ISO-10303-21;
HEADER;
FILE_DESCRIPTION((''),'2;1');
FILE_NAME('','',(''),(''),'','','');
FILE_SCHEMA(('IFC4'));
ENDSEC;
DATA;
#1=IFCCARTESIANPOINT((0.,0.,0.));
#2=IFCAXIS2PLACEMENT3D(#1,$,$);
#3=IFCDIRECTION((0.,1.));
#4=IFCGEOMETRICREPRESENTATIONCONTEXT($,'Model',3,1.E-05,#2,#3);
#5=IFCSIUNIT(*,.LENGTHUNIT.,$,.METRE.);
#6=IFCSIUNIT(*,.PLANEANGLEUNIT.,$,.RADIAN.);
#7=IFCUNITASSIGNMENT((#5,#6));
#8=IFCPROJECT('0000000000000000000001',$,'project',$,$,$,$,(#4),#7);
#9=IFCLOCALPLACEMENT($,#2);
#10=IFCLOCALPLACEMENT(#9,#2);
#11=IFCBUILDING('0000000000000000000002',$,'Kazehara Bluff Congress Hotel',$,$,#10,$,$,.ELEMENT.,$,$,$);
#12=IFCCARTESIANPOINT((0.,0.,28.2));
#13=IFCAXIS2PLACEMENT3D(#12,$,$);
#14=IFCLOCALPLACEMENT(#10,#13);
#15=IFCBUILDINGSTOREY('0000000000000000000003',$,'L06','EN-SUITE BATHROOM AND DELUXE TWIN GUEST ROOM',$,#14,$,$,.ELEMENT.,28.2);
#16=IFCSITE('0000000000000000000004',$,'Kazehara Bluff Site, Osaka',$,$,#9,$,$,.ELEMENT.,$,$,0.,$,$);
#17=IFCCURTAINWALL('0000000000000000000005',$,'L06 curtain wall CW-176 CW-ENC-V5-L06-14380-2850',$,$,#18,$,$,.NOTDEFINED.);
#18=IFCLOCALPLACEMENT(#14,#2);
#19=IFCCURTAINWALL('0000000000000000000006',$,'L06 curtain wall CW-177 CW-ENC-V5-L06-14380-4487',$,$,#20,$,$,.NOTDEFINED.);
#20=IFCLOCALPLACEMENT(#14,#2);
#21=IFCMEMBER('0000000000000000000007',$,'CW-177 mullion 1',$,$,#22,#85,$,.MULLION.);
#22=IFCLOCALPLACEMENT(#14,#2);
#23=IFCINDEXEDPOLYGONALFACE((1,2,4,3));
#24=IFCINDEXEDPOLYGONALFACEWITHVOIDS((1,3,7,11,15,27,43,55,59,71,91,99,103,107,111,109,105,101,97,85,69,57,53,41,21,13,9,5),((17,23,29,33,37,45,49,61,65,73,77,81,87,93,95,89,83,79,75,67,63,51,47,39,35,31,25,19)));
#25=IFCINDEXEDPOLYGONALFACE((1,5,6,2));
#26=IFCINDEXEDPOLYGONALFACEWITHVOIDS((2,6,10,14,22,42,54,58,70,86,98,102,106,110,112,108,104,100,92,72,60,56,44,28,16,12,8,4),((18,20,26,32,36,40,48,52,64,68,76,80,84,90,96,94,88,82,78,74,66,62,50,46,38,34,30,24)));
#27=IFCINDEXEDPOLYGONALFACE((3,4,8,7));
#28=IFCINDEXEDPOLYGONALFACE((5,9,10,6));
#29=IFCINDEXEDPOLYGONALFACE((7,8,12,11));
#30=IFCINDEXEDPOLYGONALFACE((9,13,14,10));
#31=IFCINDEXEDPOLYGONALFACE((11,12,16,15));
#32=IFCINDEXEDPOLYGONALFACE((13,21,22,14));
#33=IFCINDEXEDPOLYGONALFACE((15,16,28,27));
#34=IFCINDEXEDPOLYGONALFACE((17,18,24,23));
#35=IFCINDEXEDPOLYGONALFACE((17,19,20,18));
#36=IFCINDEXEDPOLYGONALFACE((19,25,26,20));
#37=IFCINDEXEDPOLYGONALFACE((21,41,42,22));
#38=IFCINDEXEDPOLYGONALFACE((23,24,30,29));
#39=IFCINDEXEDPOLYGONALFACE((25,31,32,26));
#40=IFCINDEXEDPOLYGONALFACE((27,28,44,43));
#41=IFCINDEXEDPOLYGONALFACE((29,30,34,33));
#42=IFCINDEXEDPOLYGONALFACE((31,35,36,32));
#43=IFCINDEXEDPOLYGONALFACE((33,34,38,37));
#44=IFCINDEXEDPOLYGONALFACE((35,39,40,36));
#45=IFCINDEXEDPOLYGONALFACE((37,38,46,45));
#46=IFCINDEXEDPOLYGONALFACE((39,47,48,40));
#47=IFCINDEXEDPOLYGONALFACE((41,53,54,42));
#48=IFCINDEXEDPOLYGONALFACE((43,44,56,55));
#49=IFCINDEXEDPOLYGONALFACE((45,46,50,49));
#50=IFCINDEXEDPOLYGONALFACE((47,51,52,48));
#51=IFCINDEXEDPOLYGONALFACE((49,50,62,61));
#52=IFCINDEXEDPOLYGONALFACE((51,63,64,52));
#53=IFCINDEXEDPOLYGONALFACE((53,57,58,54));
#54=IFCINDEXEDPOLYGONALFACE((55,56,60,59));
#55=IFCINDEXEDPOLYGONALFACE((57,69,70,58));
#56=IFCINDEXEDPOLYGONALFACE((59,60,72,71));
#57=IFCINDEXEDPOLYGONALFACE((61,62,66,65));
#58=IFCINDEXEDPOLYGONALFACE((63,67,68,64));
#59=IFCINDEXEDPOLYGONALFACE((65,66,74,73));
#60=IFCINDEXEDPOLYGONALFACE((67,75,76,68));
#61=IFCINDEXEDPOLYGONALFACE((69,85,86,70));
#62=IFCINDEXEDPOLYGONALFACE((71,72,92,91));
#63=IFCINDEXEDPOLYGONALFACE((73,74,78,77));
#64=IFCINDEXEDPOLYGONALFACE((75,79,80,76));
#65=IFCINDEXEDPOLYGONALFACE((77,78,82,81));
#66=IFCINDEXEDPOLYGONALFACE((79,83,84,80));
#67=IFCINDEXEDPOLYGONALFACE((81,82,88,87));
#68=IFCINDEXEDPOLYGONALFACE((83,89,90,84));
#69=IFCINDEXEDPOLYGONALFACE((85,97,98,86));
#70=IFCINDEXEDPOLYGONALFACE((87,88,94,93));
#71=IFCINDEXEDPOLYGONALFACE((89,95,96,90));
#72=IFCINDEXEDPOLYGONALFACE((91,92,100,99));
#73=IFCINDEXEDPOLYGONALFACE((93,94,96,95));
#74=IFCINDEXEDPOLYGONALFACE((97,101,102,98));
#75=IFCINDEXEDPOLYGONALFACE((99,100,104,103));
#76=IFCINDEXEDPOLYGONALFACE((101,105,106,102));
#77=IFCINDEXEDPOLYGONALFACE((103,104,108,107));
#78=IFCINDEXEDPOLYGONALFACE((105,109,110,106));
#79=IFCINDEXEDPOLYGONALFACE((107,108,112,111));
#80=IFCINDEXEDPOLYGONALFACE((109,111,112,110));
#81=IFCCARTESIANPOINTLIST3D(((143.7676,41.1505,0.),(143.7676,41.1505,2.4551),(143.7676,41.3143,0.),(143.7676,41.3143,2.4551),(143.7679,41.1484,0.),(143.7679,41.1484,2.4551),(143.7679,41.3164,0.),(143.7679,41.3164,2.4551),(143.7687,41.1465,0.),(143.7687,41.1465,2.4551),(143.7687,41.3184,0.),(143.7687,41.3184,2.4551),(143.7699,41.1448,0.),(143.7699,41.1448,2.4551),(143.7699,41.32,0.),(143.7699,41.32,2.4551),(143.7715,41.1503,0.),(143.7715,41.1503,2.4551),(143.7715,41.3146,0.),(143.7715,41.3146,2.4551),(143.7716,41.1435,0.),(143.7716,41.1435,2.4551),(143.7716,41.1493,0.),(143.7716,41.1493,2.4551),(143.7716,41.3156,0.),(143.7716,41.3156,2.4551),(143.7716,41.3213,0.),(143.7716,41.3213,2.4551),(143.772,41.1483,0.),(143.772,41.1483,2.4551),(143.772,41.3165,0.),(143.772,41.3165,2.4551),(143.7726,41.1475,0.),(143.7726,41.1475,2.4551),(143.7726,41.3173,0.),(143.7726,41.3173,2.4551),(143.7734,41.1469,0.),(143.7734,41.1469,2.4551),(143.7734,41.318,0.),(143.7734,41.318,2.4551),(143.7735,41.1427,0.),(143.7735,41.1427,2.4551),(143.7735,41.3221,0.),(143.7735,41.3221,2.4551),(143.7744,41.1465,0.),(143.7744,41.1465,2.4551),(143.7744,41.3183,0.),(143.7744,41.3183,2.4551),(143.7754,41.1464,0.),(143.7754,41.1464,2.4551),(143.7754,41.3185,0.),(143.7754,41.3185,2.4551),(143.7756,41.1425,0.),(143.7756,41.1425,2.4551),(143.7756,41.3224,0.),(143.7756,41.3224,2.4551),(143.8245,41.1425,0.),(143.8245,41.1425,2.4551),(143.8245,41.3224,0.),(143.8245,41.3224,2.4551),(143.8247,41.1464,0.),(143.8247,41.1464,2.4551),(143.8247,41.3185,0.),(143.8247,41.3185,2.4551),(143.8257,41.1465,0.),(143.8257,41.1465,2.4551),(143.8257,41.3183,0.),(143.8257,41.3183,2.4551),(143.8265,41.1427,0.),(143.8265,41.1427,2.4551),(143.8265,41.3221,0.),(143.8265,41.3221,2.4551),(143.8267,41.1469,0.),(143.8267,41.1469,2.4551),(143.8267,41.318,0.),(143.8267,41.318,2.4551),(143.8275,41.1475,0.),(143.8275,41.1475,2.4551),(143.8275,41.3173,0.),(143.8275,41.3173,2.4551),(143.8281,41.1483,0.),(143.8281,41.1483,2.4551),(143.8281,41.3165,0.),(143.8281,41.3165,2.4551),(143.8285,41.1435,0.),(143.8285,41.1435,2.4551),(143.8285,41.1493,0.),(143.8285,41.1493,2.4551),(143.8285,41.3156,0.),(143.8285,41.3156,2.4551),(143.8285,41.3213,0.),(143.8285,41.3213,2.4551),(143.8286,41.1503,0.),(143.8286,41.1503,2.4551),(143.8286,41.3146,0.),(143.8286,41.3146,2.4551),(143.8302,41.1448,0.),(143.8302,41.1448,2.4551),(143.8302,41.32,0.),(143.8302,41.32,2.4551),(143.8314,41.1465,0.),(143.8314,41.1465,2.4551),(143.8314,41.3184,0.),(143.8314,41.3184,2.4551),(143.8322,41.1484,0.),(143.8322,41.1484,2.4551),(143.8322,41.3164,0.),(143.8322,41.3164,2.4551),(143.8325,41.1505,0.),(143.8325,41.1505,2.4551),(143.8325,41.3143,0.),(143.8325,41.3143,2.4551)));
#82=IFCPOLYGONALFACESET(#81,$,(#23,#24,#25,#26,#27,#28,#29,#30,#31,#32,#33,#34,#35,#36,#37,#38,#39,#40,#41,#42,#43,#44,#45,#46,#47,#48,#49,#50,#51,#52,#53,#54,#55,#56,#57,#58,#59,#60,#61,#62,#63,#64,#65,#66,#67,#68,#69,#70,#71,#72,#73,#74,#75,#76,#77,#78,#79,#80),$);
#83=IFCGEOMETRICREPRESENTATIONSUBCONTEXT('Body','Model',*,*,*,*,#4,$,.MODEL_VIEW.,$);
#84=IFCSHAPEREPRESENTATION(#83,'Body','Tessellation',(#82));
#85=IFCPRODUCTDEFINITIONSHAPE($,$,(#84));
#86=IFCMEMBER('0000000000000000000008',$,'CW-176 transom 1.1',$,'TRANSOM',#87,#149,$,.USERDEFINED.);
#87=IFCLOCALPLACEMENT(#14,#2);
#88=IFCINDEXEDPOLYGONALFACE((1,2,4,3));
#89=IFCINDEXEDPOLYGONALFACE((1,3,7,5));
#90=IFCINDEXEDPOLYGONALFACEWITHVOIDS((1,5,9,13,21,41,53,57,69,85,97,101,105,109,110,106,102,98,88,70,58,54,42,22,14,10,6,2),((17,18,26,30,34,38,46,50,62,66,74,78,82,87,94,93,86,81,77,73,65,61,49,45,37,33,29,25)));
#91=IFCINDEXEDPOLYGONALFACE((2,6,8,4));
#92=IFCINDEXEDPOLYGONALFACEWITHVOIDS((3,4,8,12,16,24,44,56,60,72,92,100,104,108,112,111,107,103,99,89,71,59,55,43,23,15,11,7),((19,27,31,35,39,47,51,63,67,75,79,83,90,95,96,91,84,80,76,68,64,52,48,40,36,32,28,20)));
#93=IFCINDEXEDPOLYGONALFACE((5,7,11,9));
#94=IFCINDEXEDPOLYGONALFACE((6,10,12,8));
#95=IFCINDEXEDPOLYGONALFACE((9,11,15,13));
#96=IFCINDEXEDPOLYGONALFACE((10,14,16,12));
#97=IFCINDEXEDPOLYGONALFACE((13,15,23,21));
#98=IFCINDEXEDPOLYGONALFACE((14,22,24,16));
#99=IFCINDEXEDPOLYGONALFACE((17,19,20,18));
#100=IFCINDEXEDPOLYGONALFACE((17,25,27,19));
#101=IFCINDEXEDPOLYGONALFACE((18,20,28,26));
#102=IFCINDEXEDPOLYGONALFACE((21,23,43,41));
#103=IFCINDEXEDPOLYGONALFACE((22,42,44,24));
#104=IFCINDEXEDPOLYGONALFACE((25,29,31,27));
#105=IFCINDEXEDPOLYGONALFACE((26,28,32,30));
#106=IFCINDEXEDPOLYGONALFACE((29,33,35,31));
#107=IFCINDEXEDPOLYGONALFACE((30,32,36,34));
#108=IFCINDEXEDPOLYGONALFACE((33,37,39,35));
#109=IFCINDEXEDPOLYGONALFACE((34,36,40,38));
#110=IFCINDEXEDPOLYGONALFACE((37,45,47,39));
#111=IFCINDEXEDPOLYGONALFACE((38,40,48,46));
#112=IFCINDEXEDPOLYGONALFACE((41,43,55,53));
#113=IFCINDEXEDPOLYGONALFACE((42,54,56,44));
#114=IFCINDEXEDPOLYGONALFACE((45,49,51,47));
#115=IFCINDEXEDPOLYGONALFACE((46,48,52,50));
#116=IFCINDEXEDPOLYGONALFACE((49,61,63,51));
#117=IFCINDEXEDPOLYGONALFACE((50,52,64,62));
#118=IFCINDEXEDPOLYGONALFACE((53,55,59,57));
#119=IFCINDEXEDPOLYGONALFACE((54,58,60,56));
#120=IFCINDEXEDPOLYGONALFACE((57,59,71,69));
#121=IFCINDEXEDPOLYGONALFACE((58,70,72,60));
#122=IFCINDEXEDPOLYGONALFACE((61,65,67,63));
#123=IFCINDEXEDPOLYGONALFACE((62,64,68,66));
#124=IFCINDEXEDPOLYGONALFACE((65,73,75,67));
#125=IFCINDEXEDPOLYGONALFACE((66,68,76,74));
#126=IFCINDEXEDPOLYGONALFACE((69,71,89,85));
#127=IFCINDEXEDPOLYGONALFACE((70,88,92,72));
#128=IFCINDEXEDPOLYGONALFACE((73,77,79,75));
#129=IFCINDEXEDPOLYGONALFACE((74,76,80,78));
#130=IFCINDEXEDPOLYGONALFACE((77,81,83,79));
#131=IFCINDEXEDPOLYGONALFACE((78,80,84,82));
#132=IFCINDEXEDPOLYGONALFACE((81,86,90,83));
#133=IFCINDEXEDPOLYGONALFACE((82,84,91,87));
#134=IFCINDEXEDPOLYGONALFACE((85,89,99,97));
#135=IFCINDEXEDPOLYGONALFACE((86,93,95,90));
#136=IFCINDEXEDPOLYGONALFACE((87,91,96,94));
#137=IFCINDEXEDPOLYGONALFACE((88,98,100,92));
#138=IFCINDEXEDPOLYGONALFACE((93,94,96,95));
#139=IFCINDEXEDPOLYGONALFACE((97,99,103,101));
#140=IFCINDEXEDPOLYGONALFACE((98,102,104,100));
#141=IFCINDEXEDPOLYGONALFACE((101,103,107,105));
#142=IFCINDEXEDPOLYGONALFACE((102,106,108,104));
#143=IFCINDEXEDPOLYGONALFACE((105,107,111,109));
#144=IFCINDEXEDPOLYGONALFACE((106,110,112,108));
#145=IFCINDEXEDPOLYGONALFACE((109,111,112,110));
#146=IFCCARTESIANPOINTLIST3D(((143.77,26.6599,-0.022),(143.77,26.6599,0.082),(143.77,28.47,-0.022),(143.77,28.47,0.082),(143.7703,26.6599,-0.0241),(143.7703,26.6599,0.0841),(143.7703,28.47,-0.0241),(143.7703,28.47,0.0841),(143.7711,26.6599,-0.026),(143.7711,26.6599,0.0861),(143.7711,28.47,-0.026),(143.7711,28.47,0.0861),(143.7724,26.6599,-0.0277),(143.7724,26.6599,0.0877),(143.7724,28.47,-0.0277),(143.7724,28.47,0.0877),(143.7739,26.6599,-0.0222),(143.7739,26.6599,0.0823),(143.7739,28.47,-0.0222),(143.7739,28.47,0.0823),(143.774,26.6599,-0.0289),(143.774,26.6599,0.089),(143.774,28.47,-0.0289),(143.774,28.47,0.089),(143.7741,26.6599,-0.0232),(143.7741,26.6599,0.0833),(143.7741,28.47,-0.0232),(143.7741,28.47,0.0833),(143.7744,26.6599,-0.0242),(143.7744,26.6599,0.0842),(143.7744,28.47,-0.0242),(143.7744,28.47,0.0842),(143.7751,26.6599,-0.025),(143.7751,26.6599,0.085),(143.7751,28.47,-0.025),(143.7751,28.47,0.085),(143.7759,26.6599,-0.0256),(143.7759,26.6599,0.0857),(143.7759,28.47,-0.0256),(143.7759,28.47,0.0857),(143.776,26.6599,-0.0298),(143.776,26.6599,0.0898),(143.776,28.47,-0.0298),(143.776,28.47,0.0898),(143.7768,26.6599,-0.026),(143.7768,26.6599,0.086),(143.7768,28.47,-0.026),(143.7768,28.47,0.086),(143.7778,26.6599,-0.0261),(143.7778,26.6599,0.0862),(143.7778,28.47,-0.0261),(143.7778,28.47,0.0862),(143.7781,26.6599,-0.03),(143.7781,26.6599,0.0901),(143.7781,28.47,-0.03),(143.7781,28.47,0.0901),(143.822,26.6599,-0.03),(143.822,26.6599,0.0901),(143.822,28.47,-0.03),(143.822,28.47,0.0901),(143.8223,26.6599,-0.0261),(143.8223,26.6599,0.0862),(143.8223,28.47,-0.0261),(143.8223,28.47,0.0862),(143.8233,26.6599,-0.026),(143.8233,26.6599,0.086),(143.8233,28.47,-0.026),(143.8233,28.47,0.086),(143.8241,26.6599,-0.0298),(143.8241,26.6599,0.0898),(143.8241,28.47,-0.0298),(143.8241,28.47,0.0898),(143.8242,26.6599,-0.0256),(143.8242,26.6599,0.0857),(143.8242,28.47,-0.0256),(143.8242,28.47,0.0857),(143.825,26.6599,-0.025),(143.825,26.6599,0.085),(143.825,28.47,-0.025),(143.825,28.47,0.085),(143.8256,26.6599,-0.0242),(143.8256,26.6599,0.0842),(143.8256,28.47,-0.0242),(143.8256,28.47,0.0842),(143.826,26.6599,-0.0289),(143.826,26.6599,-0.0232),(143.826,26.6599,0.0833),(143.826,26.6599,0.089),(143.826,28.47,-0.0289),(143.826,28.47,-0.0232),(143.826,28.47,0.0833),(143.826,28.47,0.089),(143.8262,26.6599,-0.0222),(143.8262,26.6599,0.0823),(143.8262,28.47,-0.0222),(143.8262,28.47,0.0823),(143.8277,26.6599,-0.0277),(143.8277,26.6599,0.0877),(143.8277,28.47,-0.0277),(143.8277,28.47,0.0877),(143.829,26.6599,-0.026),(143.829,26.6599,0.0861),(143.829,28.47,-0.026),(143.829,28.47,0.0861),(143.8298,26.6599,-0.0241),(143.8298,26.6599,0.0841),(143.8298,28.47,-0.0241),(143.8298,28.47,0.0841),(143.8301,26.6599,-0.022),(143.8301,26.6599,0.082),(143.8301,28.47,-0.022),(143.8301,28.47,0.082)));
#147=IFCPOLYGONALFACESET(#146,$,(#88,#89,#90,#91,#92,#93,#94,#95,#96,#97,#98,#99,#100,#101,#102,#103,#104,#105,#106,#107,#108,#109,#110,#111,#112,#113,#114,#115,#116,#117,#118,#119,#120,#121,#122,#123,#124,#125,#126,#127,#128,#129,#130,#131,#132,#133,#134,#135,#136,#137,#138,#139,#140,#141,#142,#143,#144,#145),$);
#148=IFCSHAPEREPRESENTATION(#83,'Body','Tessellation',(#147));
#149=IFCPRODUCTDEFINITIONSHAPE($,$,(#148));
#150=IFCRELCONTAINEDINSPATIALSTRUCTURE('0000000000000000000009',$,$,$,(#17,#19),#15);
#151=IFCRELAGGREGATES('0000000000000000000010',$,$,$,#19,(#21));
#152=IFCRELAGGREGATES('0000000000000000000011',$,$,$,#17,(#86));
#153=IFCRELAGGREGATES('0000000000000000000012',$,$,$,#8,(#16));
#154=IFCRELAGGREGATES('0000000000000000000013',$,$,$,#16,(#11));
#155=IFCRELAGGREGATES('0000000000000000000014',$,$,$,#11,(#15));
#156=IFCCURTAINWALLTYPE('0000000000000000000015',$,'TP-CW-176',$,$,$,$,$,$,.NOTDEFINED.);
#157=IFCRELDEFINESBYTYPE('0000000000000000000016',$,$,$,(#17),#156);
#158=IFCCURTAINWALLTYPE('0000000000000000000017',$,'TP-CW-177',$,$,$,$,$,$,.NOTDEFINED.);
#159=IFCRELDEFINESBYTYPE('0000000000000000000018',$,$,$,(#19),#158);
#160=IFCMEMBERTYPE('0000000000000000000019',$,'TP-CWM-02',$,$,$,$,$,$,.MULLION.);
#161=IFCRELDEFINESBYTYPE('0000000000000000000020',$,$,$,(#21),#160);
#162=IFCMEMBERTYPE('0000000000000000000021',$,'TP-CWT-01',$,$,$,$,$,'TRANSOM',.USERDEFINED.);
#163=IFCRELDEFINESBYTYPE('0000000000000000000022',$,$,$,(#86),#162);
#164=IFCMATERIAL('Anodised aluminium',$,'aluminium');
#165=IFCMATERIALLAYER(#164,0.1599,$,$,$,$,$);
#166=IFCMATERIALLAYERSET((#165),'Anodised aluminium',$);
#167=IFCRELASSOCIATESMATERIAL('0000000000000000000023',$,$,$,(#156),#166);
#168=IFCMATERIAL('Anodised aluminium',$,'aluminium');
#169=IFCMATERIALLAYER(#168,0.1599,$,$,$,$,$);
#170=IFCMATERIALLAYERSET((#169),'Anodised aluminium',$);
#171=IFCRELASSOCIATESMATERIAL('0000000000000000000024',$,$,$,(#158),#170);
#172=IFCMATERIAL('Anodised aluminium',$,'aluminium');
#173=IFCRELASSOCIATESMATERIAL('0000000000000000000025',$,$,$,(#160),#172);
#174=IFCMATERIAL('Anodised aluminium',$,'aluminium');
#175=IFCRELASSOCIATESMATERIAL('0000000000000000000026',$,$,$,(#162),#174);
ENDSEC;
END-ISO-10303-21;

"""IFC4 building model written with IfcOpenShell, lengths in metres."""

from ifc_helpers import new_model, si_unit, direction, frame, origin, origin_2d, place, context, subcontext, project, spatial, hollow_rectangle, extrude, material, layer, layer_set, material_profile, profile_set, type_object, element, aggregate, save


model = new_model("IFC4")

# Units and contexts
model_context = context("Model", 3, precision=1e-05, world=origin(), true_north=direction((0.0, 1.0)))
body_context = subcontext(model_context, "Body", "Model", "MODEL_VIEW")
ifc_project = project(units=[si_unit("LENGTHUNIT", "METRE"), si_unit("PLANEANGLEUNIT", "RADIAN")], contexts=[model_context])

# Site, building, storey
site_placement = place(None, origin())
site = spatial("IfcSite", under=ifc_project, at=site_placement, Name="Kazehara Bluff Site, Osaka", CompositionType="ELEMENT", RefElevation=0.0)
building_placement = place(site_placement, origin())
building = spatial("IfcBuilding", under=site, at=building_placement, Name="Kazehara Bluff Congress Hotel", CompositionType="ELEMENT")
storey_placement = place(building_placement, frame((0.0, 0.0, 28.2)))
storey = spatial("IfcBuildingStorey", under=building, at=storey_placement, Name="L06", Description="EN-SUITE BATHROOM AND DELUXE TWIN GUEST ROOM", CompositionType="ELEMENT", Elevation=28.2)

# Curtain wall
ifc_material_1 = material(Name="Anodised aluminium", Category="aluminium")
ifc_layer_1 = layer(ifc_material_1, 0.1599)
ifc_layer_set_1 = layer_set([ifc_layer_1], Name="Anodised aluminium")
curtain_wall_type_1 = type_object("IfcCurtainWallType", Name="TP-CW-176", PredefinedType="NOTDEFINED", material=ifc_layer_set_1)
curtain_wall_1_placement = place(storey_placement, origin())
curtain_wall_1 = element("IfcCurtainWall", 1, at=curtain_wall_1_placement, inside=storey, type_object=curtain_wall_type_1, Name="L06 curtain wall CW-176 CW-ENC-V5-L06-14380-2850", PredefinedType="NOTDEFINED")

# Curtain wall, member
ifc_material_2 = material(Name="Anodised aluminium", Category="aluminium")
ifc_layer_2 = layer(ifc_material_2, 0.1599)
ifc_layer_set_2 = layer_set([ifc_layer_2], Name="Anodised aluminium")
curtain_wall_type_2 = type_object("IfcCurtainWallType", Name="TP-CW-177", PredefinedType="NOTDEFINED", material=ifc_layer_set_2)
curtain_wall_2_placement = place(storey_placement, origin())
curtain_wall_2 = element("IfcCurtainWall", 2, at=curtain_wall_2_placement, inside=storey, type_object=curtain_wall_type_2, Name="L06 curtain wall CW-177 CW-ENC-V5-L06-14380-4487", PredefinedType="NOTDEFINED")
ifc_material_3 = material(Name="Anodised aluminium", Category="aluminium")
ifc_material_profile_1 = material_profile(ifc_material_3, hollow_rectangle(XDim=0.0649, YDim=0.1799, WallThickness=0.0039, InnerFilletRadius=0.0039, OuterFilletRadius=0.0081, at=origin_2d()))
ifc_profile_set_1 = profile_set([ifc_material_profile_1], Name="Anodised aluminium")
member_type_1 = type_object("IfcMemberType", Name="TP-CWM-02", PredefinedType="MULLION", material=ifc_profile_set_1)
member_1_placement = place(storey_placement, frame((143.8, 41.2324, 0.0), z_axis=(0.0, 0.0, 1.0), x_axis=(-1.0, 0.0, 0.0)))
member_1 = element("IfcMember", 3, at=member_1_placement, type_object=member_type_1, Name="CW-177 mullion 1", PredefinedType="MULLION", context=body_context, shape_type="SweptSolid", body=[
    extrude(hollow_rectangle(XDim=0.0649, YDim=0.1799, WallThickness=0.0039, InnerFilletRadius=0.0039, OuterFilletRadius=0.0081, at=origin_2d()), origin(), (0.0, 0.0, 1.0), 2.4551),
])
aggregate(curtain_wall_2, [member_1])

# Member
ifc_material_4 = material(Name="Anodised aluminium", Category="aluminium")
ifc_material_profile_2 = material_profile(ifc_material_4, hollow_rectangle(XDim=0.0601, YDim=0.1201, WallThickness=0.0039, InnerFilletRadius=0.0039, OuterFilletRadius=0.0081, at=origin_2d()))
ifc_profile_set_2 = profile_set([ifc_material_profile_2], Name="Anodised aluminium")
member_type_2 = type_object("IfcMemberType", Name="TP-CWT-01", ElementType="TRANSOM", PredefinedType="USERDEFINED", material=ifc_profile_set_2)
member_2_placement = place(storey_placement, frame((143.8, 26.6599, 0.03), z_axis=(0.0, 1.0, 0.0), x_axis=(-1.0, 0.0, 0.0)))
member_2 = element("IfcMember", 4, at=member_2_placement, type_object=member_type_2, Name="CW-176 transom 1.1", ObjectType="TRANSOM", PredefinedType="USERDEFINED", context=body_context, shape_type="SweptSolid", body=[
    extrude(hollow_rectangle(XDim=0.0601, YDim=0.1201, WallThickness=0.0039, InnerFilletRadius=0.0039, OuterFilletRadius=0.0081, at=origin_2d()), origin(), (0.0, 0.0, 1.0), 1.8101),
])

aggregate(curtain_wall_1, [member_2])

save(model, "model.ifc")
